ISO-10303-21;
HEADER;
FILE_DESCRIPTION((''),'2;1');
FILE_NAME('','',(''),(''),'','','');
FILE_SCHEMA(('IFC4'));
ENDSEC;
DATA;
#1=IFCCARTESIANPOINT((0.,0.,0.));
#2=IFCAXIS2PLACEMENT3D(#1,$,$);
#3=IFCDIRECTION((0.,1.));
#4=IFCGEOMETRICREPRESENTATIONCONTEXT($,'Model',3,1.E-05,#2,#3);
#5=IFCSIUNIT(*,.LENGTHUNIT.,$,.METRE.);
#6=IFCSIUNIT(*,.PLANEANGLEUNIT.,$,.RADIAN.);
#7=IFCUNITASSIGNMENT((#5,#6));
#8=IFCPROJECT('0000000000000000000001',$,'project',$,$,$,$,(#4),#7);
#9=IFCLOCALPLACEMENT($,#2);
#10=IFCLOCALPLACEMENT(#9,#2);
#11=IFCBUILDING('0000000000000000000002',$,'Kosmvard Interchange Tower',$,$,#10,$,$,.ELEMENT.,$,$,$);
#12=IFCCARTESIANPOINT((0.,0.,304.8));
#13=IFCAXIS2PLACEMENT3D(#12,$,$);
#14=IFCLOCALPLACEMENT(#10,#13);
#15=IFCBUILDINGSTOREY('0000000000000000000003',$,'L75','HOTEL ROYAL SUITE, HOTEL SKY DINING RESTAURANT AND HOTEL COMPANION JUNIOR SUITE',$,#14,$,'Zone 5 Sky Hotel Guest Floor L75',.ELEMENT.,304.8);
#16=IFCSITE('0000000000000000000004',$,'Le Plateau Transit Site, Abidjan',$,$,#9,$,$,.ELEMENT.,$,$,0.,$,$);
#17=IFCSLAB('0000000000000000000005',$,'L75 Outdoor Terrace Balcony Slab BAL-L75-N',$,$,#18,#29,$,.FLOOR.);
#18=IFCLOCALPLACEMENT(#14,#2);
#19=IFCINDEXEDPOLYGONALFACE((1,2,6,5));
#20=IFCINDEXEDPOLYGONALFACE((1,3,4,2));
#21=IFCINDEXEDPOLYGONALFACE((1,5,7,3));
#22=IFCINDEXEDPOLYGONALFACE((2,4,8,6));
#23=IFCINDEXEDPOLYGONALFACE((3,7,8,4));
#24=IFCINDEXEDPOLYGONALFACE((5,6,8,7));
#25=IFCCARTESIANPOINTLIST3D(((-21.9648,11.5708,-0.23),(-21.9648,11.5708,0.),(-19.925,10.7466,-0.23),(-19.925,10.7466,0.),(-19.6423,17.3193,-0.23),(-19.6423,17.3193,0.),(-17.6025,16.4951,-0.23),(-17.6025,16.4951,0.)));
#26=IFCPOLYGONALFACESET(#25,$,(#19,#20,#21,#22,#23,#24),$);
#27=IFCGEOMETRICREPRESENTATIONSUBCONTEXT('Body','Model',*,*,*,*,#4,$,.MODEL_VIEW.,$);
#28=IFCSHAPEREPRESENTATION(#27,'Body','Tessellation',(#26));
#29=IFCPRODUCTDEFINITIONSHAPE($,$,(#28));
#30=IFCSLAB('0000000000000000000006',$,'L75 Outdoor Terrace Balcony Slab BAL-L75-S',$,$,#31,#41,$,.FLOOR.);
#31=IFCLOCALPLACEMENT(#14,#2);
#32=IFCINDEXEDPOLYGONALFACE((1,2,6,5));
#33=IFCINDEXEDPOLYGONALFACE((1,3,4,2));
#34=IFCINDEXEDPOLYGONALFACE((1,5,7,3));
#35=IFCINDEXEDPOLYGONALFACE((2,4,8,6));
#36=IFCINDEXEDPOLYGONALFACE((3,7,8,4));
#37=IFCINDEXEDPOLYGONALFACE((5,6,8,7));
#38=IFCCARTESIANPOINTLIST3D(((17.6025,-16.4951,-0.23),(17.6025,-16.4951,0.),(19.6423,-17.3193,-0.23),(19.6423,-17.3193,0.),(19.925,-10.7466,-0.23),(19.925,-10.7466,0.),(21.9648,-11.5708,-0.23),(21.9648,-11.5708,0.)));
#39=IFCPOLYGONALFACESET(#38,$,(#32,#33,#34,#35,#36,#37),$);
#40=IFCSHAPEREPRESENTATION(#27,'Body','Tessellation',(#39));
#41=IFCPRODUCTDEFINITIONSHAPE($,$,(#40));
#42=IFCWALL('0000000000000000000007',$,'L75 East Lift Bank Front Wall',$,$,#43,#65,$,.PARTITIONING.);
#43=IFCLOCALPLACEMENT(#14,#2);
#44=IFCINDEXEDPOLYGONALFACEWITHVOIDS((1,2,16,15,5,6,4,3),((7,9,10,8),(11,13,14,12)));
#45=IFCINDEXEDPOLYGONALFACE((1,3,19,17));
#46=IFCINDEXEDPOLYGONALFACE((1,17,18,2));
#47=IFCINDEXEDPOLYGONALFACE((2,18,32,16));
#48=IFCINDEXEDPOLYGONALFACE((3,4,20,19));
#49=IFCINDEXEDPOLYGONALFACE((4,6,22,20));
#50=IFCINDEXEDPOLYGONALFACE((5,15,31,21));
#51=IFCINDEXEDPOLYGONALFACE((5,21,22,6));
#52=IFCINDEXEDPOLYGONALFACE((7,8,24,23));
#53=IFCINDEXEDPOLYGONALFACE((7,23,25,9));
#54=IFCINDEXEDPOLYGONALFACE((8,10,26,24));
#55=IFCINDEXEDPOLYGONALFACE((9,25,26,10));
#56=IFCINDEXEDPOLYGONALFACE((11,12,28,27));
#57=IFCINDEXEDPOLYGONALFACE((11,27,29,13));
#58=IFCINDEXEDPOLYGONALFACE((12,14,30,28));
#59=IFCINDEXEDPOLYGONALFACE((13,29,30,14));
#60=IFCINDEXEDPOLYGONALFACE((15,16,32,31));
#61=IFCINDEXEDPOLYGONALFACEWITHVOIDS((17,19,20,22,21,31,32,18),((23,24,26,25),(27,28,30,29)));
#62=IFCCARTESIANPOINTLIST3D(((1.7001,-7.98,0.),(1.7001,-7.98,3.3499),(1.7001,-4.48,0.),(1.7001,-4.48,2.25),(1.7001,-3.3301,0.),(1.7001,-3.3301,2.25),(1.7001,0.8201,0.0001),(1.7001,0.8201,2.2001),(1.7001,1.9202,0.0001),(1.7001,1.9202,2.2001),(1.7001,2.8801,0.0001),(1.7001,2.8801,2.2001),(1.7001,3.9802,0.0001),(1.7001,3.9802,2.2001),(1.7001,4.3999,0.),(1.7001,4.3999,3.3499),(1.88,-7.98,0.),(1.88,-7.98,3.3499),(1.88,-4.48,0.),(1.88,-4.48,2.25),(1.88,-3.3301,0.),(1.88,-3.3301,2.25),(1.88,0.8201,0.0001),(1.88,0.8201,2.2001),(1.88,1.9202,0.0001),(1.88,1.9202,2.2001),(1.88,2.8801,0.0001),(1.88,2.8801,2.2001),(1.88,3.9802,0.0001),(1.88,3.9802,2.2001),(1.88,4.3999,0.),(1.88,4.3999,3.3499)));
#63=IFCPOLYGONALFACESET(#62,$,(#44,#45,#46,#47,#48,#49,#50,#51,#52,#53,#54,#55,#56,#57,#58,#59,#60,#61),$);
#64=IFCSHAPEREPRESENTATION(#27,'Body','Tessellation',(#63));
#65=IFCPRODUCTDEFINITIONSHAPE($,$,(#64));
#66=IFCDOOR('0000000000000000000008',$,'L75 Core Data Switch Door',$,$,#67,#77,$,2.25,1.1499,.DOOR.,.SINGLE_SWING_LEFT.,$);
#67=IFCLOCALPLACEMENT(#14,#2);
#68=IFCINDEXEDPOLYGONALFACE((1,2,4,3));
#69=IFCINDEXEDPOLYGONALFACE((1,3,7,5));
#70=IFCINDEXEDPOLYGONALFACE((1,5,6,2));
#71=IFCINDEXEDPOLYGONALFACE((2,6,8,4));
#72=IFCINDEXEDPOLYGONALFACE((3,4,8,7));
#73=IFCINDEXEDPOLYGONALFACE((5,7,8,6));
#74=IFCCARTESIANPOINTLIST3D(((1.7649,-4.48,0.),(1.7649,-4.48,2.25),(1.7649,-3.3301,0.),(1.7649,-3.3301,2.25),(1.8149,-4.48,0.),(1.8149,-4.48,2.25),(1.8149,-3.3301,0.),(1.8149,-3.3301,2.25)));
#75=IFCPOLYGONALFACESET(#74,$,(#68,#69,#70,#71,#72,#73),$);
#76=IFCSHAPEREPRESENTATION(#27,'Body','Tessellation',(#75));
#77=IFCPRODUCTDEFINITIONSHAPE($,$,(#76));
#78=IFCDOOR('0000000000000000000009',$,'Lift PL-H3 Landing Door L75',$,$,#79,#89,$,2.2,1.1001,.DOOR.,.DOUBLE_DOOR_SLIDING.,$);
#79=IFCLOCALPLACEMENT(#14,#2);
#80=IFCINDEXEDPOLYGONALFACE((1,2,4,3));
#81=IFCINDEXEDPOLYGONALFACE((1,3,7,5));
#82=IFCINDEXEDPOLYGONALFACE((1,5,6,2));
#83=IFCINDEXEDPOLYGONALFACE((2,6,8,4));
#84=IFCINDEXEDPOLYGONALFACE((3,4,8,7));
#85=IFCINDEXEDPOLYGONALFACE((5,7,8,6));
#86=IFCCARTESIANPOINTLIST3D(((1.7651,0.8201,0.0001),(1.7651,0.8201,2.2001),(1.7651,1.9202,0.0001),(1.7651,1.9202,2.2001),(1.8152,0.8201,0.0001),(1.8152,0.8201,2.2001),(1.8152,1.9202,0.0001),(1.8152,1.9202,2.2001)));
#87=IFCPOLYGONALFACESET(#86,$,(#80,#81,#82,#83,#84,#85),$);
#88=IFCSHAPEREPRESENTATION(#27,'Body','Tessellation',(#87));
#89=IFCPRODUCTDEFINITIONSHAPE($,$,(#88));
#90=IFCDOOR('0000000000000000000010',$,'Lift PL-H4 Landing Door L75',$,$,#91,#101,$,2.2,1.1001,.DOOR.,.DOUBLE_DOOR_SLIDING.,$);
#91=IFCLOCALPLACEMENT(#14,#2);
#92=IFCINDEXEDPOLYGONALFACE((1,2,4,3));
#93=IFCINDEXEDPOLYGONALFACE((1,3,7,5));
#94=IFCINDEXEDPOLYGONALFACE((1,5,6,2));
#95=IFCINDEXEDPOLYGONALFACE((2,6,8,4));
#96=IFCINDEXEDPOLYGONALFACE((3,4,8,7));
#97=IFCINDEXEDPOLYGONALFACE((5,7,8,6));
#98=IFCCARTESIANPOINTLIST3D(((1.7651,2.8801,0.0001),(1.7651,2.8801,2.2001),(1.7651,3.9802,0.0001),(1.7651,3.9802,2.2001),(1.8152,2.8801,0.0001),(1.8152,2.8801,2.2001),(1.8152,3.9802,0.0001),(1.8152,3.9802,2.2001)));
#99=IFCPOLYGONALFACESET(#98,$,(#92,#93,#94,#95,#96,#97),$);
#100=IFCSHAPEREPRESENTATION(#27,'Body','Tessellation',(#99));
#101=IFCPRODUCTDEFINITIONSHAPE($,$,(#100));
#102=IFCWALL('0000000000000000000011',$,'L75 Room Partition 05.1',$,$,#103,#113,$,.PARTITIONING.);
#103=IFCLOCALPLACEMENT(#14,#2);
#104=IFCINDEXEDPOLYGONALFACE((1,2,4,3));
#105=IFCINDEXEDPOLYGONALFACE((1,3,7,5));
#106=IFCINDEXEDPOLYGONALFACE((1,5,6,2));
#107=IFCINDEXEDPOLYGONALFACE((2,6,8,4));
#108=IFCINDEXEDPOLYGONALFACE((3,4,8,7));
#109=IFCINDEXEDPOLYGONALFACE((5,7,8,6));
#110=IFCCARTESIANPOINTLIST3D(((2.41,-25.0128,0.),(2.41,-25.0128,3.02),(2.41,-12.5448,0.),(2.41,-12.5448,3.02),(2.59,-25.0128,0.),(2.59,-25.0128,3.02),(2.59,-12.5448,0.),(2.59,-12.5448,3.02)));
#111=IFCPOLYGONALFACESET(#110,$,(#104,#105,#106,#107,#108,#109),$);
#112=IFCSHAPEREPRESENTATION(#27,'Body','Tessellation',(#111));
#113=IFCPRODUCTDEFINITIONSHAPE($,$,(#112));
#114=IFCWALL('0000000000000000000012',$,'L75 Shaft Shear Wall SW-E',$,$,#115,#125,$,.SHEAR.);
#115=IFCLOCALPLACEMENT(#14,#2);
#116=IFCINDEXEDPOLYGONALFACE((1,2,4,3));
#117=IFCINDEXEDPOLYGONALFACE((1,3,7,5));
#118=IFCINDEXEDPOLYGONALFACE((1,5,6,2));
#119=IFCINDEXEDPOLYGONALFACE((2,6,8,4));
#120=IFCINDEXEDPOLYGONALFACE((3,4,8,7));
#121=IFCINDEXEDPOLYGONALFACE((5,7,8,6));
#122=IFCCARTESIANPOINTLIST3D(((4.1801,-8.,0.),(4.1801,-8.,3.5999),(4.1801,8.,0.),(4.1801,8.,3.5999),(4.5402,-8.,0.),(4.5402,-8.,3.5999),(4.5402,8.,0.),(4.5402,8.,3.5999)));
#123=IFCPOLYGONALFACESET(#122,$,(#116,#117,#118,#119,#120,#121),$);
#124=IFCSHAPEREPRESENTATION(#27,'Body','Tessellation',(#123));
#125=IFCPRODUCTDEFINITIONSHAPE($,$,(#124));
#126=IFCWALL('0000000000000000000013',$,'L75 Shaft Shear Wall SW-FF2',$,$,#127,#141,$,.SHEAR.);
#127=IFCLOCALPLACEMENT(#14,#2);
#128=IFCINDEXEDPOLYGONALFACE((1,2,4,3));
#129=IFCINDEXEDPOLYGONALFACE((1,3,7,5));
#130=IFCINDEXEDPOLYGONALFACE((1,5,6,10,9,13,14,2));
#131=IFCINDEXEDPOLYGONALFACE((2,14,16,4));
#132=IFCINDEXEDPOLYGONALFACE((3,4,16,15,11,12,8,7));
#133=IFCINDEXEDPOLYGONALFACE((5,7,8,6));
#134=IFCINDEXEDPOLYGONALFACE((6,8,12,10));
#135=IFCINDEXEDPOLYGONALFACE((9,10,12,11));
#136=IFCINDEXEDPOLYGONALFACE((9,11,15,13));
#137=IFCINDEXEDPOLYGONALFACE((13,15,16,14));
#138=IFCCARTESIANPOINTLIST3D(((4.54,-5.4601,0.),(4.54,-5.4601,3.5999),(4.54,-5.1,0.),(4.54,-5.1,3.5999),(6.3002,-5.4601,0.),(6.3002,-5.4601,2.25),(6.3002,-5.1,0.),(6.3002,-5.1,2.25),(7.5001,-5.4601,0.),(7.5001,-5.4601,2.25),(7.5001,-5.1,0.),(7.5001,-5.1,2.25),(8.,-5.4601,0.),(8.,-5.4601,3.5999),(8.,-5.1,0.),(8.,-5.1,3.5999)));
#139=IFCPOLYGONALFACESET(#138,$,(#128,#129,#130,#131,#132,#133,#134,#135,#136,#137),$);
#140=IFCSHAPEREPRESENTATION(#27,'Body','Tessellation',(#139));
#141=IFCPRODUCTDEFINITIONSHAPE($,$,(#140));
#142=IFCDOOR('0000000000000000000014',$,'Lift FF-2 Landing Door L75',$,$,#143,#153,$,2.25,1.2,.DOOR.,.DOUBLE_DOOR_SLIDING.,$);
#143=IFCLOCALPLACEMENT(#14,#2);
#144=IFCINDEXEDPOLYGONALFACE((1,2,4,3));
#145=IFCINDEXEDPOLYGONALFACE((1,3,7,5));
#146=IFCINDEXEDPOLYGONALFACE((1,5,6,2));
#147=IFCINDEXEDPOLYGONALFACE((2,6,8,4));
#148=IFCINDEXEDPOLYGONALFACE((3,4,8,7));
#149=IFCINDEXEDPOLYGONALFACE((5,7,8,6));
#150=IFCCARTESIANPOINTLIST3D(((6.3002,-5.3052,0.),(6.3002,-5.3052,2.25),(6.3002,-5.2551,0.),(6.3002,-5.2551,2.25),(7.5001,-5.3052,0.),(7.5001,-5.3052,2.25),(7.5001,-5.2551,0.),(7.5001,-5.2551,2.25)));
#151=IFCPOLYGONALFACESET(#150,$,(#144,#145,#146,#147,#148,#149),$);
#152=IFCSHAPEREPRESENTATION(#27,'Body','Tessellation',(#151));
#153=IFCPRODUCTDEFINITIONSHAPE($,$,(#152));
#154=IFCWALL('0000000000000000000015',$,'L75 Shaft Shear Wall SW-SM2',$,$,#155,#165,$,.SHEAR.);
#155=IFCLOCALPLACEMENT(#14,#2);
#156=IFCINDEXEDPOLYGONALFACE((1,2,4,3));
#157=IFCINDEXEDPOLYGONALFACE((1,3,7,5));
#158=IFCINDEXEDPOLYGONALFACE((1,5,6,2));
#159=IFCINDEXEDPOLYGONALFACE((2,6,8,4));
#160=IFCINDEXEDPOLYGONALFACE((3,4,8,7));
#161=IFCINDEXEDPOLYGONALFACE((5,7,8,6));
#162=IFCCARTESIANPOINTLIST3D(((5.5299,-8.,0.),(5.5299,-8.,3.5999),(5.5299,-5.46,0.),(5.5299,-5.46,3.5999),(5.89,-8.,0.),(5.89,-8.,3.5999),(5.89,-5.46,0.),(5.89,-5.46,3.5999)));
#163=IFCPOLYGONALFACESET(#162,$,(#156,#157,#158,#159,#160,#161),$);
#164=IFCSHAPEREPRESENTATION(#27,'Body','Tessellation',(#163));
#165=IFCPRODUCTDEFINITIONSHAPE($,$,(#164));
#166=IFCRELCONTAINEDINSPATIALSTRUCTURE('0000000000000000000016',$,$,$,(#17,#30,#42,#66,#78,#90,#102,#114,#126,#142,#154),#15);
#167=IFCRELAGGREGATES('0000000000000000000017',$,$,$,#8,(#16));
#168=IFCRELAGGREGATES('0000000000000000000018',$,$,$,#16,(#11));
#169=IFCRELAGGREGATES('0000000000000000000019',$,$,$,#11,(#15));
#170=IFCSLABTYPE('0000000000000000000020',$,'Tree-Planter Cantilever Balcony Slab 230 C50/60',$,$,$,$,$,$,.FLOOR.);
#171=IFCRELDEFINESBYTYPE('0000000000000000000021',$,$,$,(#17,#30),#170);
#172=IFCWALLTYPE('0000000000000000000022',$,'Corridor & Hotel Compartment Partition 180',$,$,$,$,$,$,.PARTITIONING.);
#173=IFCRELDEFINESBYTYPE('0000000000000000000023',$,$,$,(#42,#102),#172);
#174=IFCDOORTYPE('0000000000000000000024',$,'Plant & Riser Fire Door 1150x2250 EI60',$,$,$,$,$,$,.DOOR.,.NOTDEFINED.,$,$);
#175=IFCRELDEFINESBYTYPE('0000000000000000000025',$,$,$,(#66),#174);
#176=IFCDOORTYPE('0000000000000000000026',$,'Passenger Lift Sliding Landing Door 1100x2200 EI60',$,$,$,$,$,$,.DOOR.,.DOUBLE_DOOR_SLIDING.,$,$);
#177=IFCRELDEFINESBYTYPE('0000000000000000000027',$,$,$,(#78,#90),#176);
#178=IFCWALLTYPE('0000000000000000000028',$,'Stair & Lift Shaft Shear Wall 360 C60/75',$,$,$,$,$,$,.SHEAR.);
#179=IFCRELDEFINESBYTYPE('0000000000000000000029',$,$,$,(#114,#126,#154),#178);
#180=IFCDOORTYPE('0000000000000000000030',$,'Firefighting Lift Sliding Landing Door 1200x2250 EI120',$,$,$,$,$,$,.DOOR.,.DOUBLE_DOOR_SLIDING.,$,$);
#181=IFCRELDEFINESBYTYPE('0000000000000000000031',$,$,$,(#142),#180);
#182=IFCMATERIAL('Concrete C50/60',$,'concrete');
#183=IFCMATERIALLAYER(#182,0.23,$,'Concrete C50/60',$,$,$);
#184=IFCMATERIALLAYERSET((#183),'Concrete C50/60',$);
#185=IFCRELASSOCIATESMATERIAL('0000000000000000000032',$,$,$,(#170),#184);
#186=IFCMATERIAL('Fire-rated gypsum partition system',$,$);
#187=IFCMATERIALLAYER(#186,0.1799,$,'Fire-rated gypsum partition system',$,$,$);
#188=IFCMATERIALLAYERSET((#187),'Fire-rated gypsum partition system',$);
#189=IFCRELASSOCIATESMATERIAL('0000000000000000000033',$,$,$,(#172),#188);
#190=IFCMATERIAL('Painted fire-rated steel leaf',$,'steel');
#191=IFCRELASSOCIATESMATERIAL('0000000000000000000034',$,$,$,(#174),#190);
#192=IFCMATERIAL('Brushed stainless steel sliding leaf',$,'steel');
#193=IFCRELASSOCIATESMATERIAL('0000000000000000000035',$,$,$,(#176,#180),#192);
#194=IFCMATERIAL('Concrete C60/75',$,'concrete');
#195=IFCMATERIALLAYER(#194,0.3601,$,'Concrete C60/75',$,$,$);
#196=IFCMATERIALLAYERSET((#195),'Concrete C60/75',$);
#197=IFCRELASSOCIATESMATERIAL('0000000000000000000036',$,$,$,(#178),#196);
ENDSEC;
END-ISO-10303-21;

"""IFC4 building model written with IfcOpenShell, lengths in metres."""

from ifc_helpers import new_model, si_unit, direction, frame, frame_2d, origin, place, context, subcontext, project, spatial, polyline, rectangle, outline, extrude, source, transform, mapped, material, layer, layer_set, type_object, element, fill, save


model = new_model("IFC4")

# Units and contexts
model_context = context("Model", 3, precision=1e-05, world=origin(), true_north=direction((0.0, 1.0)))
body_context = subcontext(model_context, "Body", "Model", "MODEL_VIEW")
ifc_project = project(units=[si_unit("LENGTHUNIT", "METRE"), si_unit("PLANEANGLEUNIT", "RADIAN")], contexts=[model_context])

# Site, building, storey
site_placement = place(None, origin())
site = spatial("IfcSite", under=ifc_project, at=site_placement, Name="Le Plateau Transit Site, Abidjan", CompositionType="ELEMENT", RefElevation=0.0)
building_placement = place(site_placement, origin())
building = spatial("IfcBuilding", under=site, at=building_placement, Name="Kosmvard Interchange Tower", CompositionType="ELEMENT")
storey_placement = place(building_placement, frame((0.0, 0.0, 304.8)))
storey = spatial("IfcBuildingStorey", under=building, at=storey_placement, Name="L75", Description="HOTEL ROYAL SUITE, HOTEL SKY DINING RESTAURANT AND HOTEL COMPANION JUNIOR SUITE", LongName="Zone 5 Sky Hotel Guest Floor L75", CompositionType="ELEMENT", Elevation=304.8)

# Shared definitions
ifc_material_1 = material(Name="Concrete C50/60", Category="concrete")

# Slabs
ifc_layer_1 = layer(ifc_material_1, 0.23, Name="Concrete C50/60")
ifc_layer_set_1 = layer_set([ifc_layer_1], Name="Concrete C50/60")
slab_type_1 = type_object("IfcSlabType", Name="Tree-Planter Cantilever Balcony Slab 230 C50/60", PredefinedType="FLOOR", material=ifc_layer_set_1)
slab_1_placement = place(storey_placement, frame((0.0, 0.0, -0.23)))
element("IfcSlab", 1, at=slab_1_placement, inside=storey, type_object=slab_type_1, Name="L75 Outdoor Terrace Balcony Slab BAL-L75-N", PredefinedType="FLOOR", context=body_context, shape_type="SweptSolid", body=[
    extrude(outline(polyline([(-19.925, 10.7466), (-17.6025, 16.4951), (-19.6423, 17.3193), (-21.9648, 11.5708), (-19.925, 10.7466)])), origin(), (0.0, 0.0, 1.0), 0.23),
])
slab_2_placement = place(storey_placement, frame((0.0, 0.0, -0.23)))
element("IfcSlab", 2, at=slab_2_placement, inside=storey, type_object=slab_type_1, Name="L75 Outdoor Terrace Balcony Slab BAL-L75-S", PredefinedType="FLOOR", context=body_context, shape_type="SweptSolid", body=[
    extrude(outline(polyline([(19.6423, -17.3193), (21.9648, -11.5708), (19.925, -10.7466), (17.6025, -16.4951), (19.6423, -17.3193)])), origin(), (0.0, 0.0, 1.0), 0.23),
])

# Wall, openings, doors
ifc_material_2 = material(Name="Fire-rated gypsum partition system")
ifc_layer_2 = layer(ifc_material_2, 0.1799, Name="Fire-rated gypsum partition system")
ifc_layer_set_2 = layer_set([ifc_layer_2], Name="Fire-rated gypsum partition system")
wall_type_1 = type_object("IfcWallType", Name="Corridor & Hotel Compartment Partition 180", PredefinedType="PARTITIONING", material=ifc_layer_set_2)
wall_1_placement = place(storey_placement, frame((1.79, -7.98, 0.0), z_axis=(0.0, 0.0, 1.0), x_axis=(0.0, 1.0, 0.0)))
wall_1 = element("IfcWall", 3, at=wall_1_placement, inside=storey, type_object=wall_type_1, Name="L75 East Lift Bank Front Wall", PredefinedType="PARTITIONING", context=body_context, shape_type="SweptSolid", body=[
    extrude(rectangle(XDim=12.3799, YDim=0.1799, at=frame_2d((6.1899, 0.0))), origin(), (0.0, 0.0, 1.0), 3.3499),
])
opening_1_placement = place(wall_1_placement, frame((8.8, 0.0, 0.0)))
opening_1 = element("IfcOpeningElement", 4, at=opening_1_placement, cuts=wall_1, PredefinedType="OPENING", context=body_context, shape_type="SweptSolid", body=[
    extrude(rectangle(XDim=1.1001, YDim=2.2, at=frame_2d((0.55, 1.1001))), frame((0.0, 0.1001, 0.0), z_axis=(0.0, -1.0, 0.0), x_axis=(1.0, 0.0, 0.0)), (0.0, 0.0, 1.0), 0.2),
])
opening_2_placement = place(wall_1_placement, frame((10.8601, 0.0, 0.0)))
opening_2 = element("IfcOpeningElement", 5, at=opening_2_placement, cuts=wall_1, PredefinedType="OPENING", context=body_context, shape_type="SweptSolid", body=[
    extrude(rectangle(XDim=1.1001, YDim=2.2, at=frame_2d((0.55, 1.1001))), frame((0.0, 0.1001, 0.0), z_axis=(0.0, -1.0, 0.0), x_axis=(1.0, 0.0, 0.0)), (0.0, 0.0, 1.0), 0.2),
])
opening_3_placement = place(wall_1_placement, frame((3.5, 0.0, 0.0)))
opening_3 = element("IfcOpeningElement", 6, at=opening_3_placement, cuts=wall_1, PredefinedType="OPENING", context=body_context, shape_type="SweptSolid", body=[
    extrude(rectangle(XDim=1.1499, YDim=2.25, at=frame_2d((0.575, 1.125))), frame((0.0, 0.1001, 0.0), z_axis=(0.0, -1.0, 0.0), x_axis=(1.0, 0.0, 0.0)), (0.0, 0.0, 1.0), 0.2),
])
ifc_material_3 = material(Name="Painted fire-rated steel leaf", Category="steel")
door_type_1 = type_object("IfcDoorType", Name="Plant & Riser Fire Door 1150x2250 EI60", OperationType="NOTDEFINED", PredefinedType="DOOR", material=ifc_material_3)
shared_shape_1 = source(origin(), body_context, "Body", "SweptSolid", [
    extrude(rectangle(XDim=1.1499, YDim=2.25, at=frame_2d((0.575, 1.125))), frame((0.0, 0.0249, 0.0), z_axis=(0.0, -1.0, 0.0), x_axis=(1.0, 0.0, 0.0)), (0.0, 0.0, 1.0), 0.05),
])
door_1_placement = place(opening_3_placement, frame((1.1499, 0.0, 0.0), z_axis=(0.0, 0.0, 1.0), x_axis=(-1.0, 0.0, 0.0)))
door_1 = element("IfcDoor", 7, at=door_1_placement, inside=storey, type_object=door_type_1, Name="L75 Core Data Switch Door", OperationType="SINGLE_SWING_LEFT", OverallHeight=2.25, OverallWidth=1.1499, PredefinedType="DOOR", context=body_context, shape_type="MappedRepresentation", body=[
    mapped(shared_shape_1, transform((0.0, 0.0, 0.0), scale=1.0)),
])
fill(opening_3, door_1)
ifc_material_4 = material(Name="Brushed stainless steel sliding leaf", Category="steel")
door_type_2 = type_object("IfcDoorType", Name="Passenger Lift Sliding Landing Door 1100x2200 EI60", OperationType="DOUBLE_DOOR_SLIDING", PredefinedType="DOOR", material=ifc_material_4)
shared_shape_2 = source(origin(), body_context, "Body", "SweptSolid", [
    extrude(rectangle(XDim=1.1001, YDim=2.2, at=frame_2d((0.55, 1.1001))), frame((0.0, 0.0249, 0.0), z_axis=(0.0, -1.0, 0.0), x_axis=(1.0, 0.0, 0.0)), (0.0, 0.0, 1.0), 0.05),
])
door_2_placement = place(opening_1_placement, origin())
door_2 = element("IfcDoor", 8, at=door_2_placement, inside=storey, type_object=door_type_2, Name="Lift PL-H3 Landing Door L75", OperationType="DOUBLE_DOOR_SLIDING", OverallHeight=2.2, OverallWidth=1.1001, PredefinedType="DOOR", context=body_context, shape_type="MappedRepresentation", body=[
    mapped(shared_shape_2, transform((0.0, 0.0, 0.0), scale=1.0)),
])
fill(opening_1, door_2)
door_3_placement = place(opening_2_placement, origin())
door_3 = element("IfcDoor", 9, at=door_3_placement, inside=storey, type_object=door_type_2, Name="Lift PL-H4 Landing Door L75", OperationType="DOUBLE_DOOR_SLIDING", OverallHeight=2.2, OverallWidth=1.1001, PredefinedType="DOOR", context=body_context, shape_type="MappedRepresentation", body=[
    mapped(shared_shape_2, transform((0.0, 0.0, 0.0), scale=1.0)),
])
fill(opening_2, door_3)

# Walls
wall_2_placement = place(storey_placement, frame((2.5, -12.5449, 0.0), z_axis=(0.0, 0.0, 1.0), x_axis=(0.0, -1.0, 0.0)))
element("IfcWall", 10, at=wall_2_placement, inside=storey, type_object=wall_type_1, Name="L75 Room Partition 05.1", PredefinedType="PARTITIONING", context=body_context, shape_type="SweptSolid", body=[
    extrude(rectangle(XDim=12.468, YDim=0.1799, at=frame_2d((6.2339, 0.0))), origin(), (0.0, 0.0, 1.0), 3.02),
])
ifc_material_5 = material(Name="Concrete C60/75", Category="concrete")
ifc_layer_3 = layer(ifc_material_5, 0.3601, Name="Concrete C60/75")
ifc_layer_set_3 = layer_set([ifc_layer_3], Name="Concrete C60/75")
wall_type_2 = type_object("IfcWallType", Name="Stair & Lift Shaft Shear Wall 360 C60/75", PredefinedType="SHEAR", material=ifc_layer_set_3)
wall_3_placement = place(storey_placement, frame((4.3601, -8.0, 0.0), z_axis=(0.0, 0.0, 1.0), x_axis=(0.0, 1.0, 0.0)))
element("IfcWall", 11, at=wall_3_placement, inside=storey, type_object=wall_type_2, Name="L75 Shaft Shear Wall SW-E", PredefinedType="SHEAR", context=body_context, shape_type="SweptSolid", body=[
    extrude(rectangle(XDim=16.0, YDim=0.3601, at=frame_2d((8.0, 0.0))), origin(), (0.0, 0.0, 1.0), 3.5999),
])

# Wall, opening, door
wall_4_placement = place(storey_placement, frame((4.54, -5.28, 0.0), z_axis=(0.0, 0.0, 1.0), x_axis=(1.0, 0.0, 0.0)))
wall_4 = element("IfcWall", 12, at=wall_4_placement, inside=storey, type_object=wall_type_2, Name="L75 Shaft Shear Wall SW-FF2", PredefinedType="SHEAR", context=body_context, shape_type="SweptSolid", body=[
    extrude(rectangle(XDim=3.46, YDim=0.3601, at=frame_2d((1.73, 0.0))), origin(), (0.0, 0.0, 1.0), 3.5999),
])
opening_4_placement = place(wall_4_placement, frame((1.76, 0.0, 0.0)))
opening_4 = element("IfcOpeningElement", 13, at=opening_4_placement, cuts=wall_4, PredefinedType="OPENING", context=body_context, shape_type="SweptSolid", body=[
    extrude(rectangle(XDim=1.2, YDim=2.25, at=frame_2d((0.6001, 1.125))), frame((0.0, 0.1899, 0.0), z_axis=(0.0, -1.0, 0.0), x_axis=(1.0, 0.0, 0.0)), (0.0, 0.0, 1.0), 0.3801),
])
door_type_3 = type_object("IfcDoorType", Name="Firefighting Lift Sliding Landing Door 1200x2250 EI120", OperationType="DOUBLE_DOOR_SLIDING", PredefinedType="DOOR", material=ifc_material_4)
shared_shape_3 = source(origin(), body_context, "Body", "SweptSolid", [
    extrude(rectangle(XDim=1.2, YDim=2.25, at=frame_2d((0.6001, 1.125))), frame((0.0, 0.0249, 0.0), z_axis=(0.0, -1.0, 0.0), x_axis=(1.0, 0.0, 0.0)), (0.0, 0.0, 1.0), 0.05),
])
door_4_placement = place(opening_4_placement, origin())
door_4 = element("IfcDoor", 14, at=door_4_placement, inside=storey, type_object=door_type_3, Name="Lift FF-2 Landing Door L75", OperationType="DOUBLE_DOOR_SLIDING", OverallHeight=2.25, OverallWidth=1.2, PredefinedType="DOOR", context=body_context, shape_type="MappedRepresentation", body=[
    mapped(shared_shape_3, transform((0.0, 0.0, 0.0), scale=1.0)),
])
fill(opening_4, door_4)

# Wall
wall_5_placement = place(storey_placement, frame((5.71, -8.0, 0.0), z_axis=(0.0, 0.0, 1.0), x_axis=(0.0, 1.0, 0.0)))
element("IfcWall", 15, at=wall_5_placement, inside=storey, type_object=wall_type_2, Name="L75 Shaft Shear Wall SW-SM2", PredefinedType="SHEAR", context=body_context, shape_type="SweptSolid", body=[
    extrude(rectangle(XDim=2.54, YDim=0.3601, at=frame_2d((1.27, 0.0))), origin(), (0.0, 0.0, 1.0), 3.5999),
])

save(model, "model.ifc")
